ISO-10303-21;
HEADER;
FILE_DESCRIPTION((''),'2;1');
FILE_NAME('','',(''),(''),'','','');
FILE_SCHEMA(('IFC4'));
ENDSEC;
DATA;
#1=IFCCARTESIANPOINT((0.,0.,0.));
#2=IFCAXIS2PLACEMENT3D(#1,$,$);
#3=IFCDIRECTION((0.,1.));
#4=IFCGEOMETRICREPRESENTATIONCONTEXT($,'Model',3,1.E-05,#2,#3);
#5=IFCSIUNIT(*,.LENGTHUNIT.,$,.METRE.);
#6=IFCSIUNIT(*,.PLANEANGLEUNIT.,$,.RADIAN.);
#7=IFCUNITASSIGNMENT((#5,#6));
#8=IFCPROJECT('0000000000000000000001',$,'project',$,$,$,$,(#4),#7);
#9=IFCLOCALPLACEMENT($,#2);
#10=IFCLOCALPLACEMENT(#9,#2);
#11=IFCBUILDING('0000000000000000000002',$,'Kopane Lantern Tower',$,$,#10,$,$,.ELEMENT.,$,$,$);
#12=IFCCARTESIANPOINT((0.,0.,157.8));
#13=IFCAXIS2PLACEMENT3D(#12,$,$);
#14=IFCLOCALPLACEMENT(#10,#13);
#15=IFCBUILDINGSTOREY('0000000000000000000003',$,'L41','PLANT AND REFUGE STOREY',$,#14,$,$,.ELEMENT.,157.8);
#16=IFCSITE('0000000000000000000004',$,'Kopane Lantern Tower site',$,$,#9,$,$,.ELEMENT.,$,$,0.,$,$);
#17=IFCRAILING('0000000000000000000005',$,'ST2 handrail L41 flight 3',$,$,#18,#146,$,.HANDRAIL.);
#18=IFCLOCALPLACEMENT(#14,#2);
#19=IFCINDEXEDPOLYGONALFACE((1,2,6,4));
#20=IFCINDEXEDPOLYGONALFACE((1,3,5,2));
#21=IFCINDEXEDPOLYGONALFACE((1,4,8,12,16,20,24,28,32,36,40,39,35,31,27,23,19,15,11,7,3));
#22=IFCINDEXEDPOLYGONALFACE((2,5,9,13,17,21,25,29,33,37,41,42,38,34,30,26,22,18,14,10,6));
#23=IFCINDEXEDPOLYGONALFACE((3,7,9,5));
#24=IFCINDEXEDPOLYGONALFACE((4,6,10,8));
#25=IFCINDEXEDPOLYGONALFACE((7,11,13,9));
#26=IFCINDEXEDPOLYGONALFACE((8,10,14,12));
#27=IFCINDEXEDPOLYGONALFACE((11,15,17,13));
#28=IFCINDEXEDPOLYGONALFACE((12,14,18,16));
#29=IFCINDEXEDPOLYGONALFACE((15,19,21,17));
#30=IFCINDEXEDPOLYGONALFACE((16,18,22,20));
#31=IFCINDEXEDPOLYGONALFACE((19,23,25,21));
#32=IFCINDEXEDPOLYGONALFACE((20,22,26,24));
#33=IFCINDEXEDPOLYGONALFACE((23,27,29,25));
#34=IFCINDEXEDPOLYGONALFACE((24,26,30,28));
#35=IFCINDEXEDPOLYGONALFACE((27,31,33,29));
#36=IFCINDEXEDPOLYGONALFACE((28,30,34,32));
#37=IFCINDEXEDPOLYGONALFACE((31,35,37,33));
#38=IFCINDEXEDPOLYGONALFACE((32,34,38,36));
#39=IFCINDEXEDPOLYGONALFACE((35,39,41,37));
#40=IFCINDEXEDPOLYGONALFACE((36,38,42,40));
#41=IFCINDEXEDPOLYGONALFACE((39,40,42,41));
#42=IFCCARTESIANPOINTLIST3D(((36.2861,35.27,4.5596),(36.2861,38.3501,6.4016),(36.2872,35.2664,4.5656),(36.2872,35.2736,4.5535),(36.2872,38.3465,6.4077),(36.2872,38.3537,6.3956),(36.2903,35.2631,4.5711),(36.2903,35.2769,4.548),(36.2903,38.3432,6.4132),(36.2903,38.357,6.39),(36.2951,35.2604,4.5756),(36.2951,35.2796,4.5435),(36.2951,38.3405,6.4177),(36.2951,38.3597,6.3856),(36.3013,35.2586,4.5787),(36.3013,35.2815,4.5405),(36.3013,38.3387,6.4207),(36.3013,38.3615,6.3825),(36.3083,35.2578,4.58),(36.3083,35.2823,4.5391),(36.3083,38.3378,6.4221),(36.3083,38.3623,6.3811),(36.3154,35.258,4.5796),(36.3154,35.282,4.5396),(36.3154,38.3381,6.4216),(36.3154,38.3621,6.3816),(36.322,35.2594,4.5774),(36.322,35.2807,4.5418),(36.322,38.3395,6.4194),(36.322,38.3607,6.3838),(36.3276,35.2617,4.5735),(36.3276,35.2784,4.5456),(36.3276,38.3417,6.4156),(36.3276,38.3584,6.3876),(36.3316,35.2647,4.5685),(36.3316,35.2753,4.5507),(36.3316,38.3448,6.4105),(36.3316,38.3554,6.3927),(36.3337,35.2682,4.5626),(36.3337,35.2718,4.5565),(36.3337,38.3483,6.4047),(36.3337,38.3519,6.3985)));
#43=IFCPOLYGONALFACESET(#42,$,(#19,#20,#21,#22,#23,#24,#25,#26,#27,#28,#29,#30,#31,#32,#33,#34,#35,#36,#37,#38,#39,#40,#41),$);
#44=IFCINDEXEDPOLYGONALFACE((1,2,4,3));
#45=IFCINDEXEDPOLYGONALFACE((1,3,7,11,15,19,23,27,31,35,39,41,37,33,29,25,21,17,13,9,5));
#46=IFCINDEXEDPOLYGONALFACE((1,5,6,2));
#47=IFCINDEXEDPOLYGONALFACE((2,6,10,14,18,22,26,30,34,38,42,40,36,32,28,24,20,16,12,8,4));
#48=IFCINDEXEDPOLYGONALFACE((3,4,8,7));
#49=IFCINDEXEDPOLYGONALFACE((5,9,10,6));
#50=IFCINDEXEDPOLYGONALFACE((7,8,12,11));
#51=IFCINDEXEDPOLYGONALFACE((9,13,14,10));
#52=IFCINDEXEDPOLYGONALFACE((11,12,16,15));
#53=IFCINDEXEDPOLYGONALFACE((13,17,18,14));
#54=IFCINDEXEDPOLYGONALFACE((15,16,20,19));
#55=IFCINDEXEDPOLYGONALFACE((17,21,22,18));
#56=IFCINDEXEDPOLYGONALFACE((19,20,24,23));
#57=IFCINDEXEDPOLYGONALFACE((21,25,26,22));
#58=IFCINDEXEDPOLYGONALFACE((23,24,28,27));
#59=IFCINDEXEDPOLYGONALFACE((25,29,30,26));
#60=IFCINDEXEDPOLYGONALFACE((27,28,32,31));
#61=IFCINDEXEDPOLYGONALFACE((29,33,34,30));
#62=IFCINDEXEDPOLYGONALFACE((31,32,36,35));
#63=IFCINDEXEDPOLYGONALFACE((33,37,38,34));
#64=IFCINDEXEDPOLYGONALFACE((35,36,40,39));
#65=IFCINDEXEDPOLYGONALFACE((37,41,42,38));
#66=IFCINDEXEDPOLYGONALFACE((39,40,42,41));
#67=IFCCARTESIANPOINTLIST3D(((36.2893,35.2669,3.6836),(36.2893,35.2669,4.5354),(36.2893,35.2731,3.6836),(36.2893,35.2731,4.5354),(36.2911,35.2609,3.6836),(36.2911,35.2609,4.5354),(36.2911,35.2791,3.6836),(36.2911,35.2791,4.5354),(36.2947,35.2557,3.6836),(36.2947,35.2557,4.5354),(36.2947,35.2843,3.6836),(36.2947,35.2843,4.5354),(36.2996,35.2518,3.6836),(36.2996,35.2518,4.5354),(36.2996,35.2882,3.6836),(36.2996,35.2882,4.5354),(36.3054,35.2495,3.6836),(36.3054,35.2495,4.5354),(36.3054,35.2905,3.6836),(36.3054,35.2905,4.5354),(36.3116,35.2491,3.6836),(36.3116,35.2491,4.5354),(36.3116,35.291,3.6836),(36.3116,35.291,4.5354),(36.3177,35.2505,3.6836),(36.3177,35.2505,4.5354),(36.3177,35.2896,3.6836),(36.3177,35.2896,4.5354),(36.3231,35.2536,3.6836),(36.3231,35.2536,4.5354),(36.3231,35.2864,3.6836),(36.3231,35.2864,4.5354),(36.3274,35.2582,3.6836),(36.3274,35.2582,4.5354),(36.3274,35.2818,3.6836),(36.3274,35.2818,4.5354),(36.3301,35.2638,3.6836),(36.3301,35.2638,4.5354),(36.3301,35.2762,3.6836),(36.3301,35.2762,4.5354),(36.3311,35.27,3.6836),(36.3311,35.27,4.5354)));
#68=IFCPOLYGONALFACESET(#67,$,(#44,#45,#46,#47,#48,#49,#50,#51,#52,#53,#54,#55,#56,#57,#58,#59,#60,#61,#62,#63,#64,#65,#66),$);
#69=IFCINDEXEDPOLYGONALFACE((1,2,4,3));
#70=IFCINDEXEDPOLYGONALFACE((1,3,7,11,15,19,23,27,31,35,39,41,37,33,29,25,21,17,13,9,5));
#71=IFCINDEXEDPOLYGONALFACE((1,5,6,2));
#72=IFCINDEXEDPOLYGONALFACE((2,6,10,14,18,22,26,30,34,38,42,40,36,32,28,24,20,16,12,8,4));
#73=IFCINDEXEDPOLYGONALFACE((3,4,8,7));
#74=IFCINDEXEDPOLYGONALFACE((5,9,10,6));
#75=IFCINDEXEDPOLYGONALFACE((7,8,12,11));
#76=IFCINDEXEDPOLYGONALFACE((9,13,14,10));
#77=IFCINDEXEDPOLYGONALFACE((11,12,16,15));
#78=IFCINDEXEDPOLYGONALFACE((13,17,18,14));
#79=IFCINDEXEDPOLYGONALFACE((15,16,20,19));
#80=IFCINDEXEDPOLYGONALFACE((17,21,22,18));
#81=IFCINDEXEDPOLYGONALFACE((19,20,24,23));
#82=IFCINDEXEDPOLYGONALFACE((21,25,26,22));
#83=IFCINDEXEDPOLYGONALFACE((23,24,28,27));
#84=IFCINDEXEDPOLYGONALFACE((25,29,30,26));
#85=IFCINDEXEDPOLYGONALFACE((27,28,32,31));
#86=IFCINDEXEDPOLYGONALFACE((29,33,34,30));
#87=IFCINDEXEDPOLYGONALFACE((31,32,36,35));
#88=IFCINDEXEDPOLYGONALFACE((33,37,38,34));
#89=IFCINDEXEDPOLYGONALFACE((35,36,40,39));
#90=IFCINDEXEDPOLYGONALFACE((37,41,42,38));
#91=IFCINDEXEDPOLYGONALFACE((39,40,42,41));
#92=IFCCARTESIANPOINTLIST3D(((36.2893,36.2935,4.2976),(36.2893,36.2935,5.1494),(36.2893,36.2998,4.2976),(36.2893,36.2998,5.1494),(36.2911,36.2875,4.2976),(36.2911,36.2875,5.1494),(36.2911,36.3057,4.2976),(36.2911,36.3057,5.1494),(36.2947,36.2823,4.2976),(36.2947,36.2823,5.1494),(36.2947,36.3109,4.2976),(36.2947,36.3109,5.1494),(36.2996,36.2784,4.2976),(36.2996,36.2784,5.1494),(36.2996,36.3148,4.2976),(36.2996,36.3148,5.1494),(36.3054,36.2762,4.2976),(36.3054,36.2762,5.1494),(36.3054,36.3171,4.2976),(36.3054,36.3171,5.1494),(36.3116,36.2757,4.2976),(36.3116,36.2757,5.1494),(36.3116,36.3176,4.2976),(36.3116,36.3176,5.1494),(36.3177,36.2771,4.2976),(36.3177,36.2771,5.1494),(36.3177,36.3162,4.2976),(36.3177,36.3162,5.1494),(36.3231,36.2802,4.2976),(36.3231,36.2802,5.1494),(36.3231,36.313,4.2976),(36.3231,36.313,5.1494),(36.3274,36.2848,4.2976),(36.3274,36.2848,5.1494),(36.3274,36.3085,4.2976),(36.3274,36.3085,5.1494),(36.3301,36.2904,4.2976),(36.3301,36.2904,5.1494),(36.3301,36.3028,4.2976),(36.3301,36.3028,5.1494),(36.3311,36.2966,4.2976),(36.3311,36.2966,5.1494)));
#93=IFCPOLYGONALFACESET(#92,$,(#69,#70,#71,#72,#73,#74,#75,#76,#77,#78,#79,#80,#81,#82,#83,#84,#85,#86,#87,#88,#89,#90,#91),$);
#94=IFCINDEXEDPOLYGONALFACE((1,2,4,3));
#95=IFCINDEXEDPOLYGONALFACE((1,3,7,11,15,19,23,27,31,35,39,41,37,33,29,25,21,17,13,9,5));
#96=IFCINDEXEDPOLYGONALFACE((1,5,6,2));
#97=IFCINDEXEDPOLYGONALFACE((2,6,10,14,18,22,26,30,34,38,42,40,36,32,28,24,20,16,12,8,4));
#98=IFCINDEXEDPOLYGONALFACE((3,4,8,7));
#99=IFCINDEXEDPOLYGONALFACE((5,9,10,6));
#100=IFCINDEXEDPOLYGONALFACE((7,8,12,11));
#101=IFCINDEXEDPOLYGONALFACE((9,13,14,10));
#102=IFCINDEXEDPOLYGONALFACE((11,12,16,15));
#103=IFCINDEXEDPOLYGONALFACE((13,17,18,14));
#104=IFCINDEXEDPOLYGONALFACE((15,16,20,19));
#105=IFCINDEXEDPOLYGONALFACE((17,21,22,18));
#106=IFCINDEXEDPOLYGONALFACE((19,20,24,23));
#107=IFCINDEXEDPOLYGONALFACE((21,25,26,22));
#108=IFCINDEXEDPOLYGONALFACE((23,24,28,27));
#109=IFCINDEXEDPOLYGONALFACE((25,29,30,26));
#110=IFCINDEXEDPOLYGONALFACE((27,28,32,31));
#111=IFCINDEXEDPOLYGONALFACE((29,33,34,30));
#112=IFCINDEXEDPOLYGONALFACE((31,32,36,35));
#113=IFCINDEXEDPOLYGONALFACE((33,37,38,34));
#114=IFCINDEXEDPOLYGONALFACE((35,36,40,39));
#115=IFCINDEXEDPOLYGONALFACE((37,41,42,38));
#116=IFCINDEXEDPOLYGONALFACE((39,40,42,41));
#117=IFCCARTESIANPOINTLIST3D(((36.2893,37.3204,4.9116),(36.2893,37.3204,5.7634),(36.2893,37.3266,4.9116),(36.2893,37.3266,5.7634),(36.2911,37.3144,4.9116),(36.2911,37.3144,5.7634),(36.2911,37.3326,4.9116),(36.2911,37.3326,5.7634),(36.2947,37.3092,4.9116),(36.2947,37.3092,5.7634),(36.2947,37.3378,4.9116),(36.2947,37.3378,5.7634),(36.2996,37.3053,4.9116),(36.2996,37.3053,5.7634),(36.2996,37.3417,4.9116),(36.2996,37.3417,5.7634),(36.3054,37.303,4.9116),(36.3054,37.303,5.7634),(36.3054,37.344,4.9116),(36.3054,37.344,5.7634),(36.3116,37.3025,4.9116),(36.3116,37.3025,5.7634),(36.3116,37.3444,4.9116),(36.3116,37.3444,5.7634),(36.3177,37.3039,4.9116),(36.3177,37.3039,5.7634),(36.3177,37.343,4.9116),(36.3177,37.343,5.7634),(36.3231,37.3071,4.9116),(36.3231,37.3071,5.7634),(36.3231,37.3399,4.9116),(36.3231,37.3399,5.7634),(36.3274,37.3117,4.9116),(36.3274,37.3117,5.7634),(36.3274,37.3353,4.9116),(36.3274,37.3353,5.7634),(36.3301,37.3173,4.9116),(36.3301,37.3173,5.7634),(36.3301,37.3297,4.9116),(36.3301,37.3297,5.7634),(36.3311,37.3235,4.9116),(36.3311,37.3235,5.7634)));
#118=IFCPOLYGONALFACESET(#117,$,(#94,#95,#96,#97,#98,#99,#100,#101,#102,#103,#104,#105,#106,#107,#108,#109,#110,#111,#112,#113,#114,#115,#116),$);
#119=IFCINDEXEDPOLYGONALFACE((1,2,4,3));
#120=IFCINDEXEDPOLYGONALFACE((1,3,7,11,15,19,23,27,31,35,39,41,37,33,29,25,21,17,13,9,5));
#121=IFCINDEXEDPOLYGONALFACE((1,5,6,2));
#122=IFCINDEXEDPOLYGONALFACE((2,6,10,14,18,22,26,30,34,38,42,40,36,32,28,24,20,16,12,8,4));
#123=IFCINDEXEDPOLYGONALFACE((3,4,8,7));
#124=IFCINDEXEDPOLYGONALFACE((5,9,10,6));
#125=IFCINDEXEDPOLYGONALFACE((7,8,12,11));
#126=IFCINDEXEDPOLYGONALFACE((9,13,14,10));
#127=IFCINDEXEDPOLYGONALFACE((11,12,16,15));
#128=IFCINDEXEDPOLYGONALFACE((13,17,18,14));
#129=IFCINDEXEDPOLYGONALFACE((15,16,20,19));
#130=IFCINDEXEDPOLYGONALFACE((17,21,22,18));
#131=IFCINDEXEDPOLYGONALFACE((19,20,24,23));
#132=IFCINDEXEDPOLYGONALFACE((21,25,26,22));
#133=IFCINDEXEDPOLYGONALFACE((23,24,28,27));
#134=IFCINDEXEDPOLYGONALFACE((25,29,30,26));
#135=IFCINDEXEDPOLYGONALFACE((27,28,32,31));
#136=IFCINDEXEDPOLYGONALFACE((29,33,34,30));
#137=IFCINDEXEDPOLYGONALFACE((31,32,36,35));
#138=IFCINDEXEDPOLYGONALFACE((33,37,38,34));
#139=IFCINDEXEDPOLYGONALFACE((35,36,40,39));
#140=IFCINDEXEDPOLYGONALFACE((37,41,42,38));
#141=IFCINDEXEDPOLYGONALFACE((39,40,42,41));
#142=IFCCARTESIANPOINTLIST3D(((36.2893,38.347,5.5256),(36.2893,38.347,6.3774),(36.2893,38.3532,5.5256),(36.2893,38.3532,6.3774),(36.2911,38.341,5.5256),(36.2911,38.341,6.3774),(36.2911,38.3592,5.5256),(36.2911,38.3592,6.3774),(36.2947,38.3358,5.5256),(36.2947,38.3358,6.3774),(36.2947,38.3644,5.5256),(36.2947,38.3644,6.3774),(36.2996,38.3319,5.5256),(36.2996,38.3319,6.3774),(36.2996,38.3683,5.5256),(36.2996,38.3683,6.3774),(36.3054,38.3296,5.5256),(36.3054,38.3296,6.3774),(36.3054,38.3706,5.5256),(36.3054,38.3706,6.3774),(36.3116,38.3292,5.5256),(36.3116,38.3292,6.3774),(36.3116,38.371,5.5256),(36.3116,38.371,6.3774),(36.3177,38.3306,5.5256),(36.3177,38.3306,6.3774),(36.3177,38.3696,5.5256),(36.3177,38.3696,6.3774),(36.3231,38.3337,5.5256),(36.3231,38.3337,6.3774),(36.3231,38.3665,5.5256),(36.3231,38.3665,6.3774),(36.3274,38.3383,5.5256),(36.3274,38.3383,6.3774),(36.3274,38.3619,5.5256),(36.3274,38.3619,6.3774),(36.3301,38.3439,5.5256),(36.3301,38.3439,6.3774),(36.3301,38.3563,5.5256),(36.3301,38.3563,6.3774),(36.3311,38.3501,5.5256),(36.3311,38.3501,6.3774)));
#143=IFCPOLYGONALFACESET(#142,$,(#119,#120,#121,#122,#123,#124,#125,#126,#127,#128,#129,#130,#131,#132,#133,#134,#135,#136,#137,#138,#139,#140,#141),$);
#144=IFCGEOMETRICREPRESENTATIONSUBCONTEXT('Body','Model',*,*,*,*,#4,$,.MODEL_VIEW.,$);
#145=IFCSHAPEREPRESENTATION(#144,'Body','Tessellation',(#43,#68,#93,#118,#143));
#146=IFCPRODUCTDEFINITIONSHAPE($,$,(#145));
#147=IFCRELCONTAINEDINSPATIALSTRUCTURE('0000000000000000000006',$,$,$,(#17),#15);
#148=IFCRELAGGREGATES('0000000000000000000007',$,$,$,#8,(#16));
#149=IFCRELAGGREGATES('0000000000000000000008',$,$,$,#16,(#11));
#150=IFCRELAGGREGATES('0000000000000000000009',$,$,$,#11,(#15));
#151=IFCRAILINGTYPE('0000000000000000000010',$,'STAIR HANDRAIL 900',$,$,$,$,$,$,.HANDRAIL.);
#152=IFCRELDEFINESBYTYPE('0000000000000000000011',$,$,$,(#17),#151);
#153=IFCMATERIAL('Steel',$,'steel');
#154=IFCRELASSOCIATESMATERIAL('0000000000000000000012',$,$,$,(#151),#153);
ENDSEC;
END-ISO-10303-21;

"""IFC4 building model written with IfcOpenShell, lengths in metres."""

from ifc_helpers import new_model, si_unit, direction, frame, origin, origin_2d, place, context, subcontext, project, spatial, circle, extrude, material, type_object, element, save


model = new_model("IFC4")

# Units and contexts
model_context = context("Model", 3, precision=1e-05, world=origin(), true_north=direction((0.0, 1.0)))
body_context = subcontext(model_context, "Body", "Model", "MODEL_VIEW")
ifc_project = project(units=[si_unit("LENGTHUNIT", "METRE"), si_unit("PLANEANGLEUNIT", "RADIAN")], contexts=[model_context])

# Site, building, storey
site_placement = place(None, origin())
site = spatial("IfcSite", under=ifc_project, at=site_placement, Name="Kopane Lantern Tower site", CompositionType="ELEMENT", RefElevation=0.0)
building_placement = place(site_placement, origin())
building = spatial("IfcBuilding", under=site, at=building_placement, Name="Kopane Lantern Tower", CompositionType="ELEMENT")
storey_placement = place(building_placement, frame((0.0, 0.0, 157.8)))
storey = spatial("IfcBuildingStorey", under=building, at=storey_placement, Name="L41", Description="PLANT AND REFUGE STOREY", CompositionType="ELEMENT", Elevation=157.8)

# Railing
ifc_material_1 = material(Name="Steel", Category="steel")
railing_type_1 = type_object("IfcRailingType", Name="STAIR HANDRAIL 900", PredefinedType="HANDRAIL", material=ifc_material_1)
for number, where, name in (
    (1, (36.3101, 35.27, 3.6836), "ST2 handrail L41 flight 3"),
):
    element("IfcRailing", number, at=place(storey_placement, frame(where)), inside=storey, type_object=railing_type_1, Name=name, PredefinedType="HANDRAIL", context=body_context, shape_type="SweptSolid", body=[
        extrude(circle(Radius=0.0239, at=origin_2d()), frame((0.0, 0.0, 0.876), z_axis=(0.0, 0.85823, 0.513265), x_axis=(-1.0, 0.0, 0.0)), (0.0, 0.0, 1.0), 3.5889),
        extrude(circle(Radius=0.021, at=origin_2d()), origin(), (0.0, 0.0, 1.0), 0.8518),
        extrude(circle(Radius=0.021, at=origin_2d()), frame((0.0, 1.0266, 0.614)), (0.0, 0.0, 1.0), 0.8518),
        extrude(circle(Radius=0.021, at=origin_2d()), frame((0.0, 2.0535, 1.228)), (0.0, 0.0, 1.0), 0.8518),
        extrude(circle(Radius=0.021, at=origin_2d()), frame((0.0, 3.0801, 1.842)), (0.0, 0.0, 1.0), 0.8518),
    ])

save(model, "model.ifc")
